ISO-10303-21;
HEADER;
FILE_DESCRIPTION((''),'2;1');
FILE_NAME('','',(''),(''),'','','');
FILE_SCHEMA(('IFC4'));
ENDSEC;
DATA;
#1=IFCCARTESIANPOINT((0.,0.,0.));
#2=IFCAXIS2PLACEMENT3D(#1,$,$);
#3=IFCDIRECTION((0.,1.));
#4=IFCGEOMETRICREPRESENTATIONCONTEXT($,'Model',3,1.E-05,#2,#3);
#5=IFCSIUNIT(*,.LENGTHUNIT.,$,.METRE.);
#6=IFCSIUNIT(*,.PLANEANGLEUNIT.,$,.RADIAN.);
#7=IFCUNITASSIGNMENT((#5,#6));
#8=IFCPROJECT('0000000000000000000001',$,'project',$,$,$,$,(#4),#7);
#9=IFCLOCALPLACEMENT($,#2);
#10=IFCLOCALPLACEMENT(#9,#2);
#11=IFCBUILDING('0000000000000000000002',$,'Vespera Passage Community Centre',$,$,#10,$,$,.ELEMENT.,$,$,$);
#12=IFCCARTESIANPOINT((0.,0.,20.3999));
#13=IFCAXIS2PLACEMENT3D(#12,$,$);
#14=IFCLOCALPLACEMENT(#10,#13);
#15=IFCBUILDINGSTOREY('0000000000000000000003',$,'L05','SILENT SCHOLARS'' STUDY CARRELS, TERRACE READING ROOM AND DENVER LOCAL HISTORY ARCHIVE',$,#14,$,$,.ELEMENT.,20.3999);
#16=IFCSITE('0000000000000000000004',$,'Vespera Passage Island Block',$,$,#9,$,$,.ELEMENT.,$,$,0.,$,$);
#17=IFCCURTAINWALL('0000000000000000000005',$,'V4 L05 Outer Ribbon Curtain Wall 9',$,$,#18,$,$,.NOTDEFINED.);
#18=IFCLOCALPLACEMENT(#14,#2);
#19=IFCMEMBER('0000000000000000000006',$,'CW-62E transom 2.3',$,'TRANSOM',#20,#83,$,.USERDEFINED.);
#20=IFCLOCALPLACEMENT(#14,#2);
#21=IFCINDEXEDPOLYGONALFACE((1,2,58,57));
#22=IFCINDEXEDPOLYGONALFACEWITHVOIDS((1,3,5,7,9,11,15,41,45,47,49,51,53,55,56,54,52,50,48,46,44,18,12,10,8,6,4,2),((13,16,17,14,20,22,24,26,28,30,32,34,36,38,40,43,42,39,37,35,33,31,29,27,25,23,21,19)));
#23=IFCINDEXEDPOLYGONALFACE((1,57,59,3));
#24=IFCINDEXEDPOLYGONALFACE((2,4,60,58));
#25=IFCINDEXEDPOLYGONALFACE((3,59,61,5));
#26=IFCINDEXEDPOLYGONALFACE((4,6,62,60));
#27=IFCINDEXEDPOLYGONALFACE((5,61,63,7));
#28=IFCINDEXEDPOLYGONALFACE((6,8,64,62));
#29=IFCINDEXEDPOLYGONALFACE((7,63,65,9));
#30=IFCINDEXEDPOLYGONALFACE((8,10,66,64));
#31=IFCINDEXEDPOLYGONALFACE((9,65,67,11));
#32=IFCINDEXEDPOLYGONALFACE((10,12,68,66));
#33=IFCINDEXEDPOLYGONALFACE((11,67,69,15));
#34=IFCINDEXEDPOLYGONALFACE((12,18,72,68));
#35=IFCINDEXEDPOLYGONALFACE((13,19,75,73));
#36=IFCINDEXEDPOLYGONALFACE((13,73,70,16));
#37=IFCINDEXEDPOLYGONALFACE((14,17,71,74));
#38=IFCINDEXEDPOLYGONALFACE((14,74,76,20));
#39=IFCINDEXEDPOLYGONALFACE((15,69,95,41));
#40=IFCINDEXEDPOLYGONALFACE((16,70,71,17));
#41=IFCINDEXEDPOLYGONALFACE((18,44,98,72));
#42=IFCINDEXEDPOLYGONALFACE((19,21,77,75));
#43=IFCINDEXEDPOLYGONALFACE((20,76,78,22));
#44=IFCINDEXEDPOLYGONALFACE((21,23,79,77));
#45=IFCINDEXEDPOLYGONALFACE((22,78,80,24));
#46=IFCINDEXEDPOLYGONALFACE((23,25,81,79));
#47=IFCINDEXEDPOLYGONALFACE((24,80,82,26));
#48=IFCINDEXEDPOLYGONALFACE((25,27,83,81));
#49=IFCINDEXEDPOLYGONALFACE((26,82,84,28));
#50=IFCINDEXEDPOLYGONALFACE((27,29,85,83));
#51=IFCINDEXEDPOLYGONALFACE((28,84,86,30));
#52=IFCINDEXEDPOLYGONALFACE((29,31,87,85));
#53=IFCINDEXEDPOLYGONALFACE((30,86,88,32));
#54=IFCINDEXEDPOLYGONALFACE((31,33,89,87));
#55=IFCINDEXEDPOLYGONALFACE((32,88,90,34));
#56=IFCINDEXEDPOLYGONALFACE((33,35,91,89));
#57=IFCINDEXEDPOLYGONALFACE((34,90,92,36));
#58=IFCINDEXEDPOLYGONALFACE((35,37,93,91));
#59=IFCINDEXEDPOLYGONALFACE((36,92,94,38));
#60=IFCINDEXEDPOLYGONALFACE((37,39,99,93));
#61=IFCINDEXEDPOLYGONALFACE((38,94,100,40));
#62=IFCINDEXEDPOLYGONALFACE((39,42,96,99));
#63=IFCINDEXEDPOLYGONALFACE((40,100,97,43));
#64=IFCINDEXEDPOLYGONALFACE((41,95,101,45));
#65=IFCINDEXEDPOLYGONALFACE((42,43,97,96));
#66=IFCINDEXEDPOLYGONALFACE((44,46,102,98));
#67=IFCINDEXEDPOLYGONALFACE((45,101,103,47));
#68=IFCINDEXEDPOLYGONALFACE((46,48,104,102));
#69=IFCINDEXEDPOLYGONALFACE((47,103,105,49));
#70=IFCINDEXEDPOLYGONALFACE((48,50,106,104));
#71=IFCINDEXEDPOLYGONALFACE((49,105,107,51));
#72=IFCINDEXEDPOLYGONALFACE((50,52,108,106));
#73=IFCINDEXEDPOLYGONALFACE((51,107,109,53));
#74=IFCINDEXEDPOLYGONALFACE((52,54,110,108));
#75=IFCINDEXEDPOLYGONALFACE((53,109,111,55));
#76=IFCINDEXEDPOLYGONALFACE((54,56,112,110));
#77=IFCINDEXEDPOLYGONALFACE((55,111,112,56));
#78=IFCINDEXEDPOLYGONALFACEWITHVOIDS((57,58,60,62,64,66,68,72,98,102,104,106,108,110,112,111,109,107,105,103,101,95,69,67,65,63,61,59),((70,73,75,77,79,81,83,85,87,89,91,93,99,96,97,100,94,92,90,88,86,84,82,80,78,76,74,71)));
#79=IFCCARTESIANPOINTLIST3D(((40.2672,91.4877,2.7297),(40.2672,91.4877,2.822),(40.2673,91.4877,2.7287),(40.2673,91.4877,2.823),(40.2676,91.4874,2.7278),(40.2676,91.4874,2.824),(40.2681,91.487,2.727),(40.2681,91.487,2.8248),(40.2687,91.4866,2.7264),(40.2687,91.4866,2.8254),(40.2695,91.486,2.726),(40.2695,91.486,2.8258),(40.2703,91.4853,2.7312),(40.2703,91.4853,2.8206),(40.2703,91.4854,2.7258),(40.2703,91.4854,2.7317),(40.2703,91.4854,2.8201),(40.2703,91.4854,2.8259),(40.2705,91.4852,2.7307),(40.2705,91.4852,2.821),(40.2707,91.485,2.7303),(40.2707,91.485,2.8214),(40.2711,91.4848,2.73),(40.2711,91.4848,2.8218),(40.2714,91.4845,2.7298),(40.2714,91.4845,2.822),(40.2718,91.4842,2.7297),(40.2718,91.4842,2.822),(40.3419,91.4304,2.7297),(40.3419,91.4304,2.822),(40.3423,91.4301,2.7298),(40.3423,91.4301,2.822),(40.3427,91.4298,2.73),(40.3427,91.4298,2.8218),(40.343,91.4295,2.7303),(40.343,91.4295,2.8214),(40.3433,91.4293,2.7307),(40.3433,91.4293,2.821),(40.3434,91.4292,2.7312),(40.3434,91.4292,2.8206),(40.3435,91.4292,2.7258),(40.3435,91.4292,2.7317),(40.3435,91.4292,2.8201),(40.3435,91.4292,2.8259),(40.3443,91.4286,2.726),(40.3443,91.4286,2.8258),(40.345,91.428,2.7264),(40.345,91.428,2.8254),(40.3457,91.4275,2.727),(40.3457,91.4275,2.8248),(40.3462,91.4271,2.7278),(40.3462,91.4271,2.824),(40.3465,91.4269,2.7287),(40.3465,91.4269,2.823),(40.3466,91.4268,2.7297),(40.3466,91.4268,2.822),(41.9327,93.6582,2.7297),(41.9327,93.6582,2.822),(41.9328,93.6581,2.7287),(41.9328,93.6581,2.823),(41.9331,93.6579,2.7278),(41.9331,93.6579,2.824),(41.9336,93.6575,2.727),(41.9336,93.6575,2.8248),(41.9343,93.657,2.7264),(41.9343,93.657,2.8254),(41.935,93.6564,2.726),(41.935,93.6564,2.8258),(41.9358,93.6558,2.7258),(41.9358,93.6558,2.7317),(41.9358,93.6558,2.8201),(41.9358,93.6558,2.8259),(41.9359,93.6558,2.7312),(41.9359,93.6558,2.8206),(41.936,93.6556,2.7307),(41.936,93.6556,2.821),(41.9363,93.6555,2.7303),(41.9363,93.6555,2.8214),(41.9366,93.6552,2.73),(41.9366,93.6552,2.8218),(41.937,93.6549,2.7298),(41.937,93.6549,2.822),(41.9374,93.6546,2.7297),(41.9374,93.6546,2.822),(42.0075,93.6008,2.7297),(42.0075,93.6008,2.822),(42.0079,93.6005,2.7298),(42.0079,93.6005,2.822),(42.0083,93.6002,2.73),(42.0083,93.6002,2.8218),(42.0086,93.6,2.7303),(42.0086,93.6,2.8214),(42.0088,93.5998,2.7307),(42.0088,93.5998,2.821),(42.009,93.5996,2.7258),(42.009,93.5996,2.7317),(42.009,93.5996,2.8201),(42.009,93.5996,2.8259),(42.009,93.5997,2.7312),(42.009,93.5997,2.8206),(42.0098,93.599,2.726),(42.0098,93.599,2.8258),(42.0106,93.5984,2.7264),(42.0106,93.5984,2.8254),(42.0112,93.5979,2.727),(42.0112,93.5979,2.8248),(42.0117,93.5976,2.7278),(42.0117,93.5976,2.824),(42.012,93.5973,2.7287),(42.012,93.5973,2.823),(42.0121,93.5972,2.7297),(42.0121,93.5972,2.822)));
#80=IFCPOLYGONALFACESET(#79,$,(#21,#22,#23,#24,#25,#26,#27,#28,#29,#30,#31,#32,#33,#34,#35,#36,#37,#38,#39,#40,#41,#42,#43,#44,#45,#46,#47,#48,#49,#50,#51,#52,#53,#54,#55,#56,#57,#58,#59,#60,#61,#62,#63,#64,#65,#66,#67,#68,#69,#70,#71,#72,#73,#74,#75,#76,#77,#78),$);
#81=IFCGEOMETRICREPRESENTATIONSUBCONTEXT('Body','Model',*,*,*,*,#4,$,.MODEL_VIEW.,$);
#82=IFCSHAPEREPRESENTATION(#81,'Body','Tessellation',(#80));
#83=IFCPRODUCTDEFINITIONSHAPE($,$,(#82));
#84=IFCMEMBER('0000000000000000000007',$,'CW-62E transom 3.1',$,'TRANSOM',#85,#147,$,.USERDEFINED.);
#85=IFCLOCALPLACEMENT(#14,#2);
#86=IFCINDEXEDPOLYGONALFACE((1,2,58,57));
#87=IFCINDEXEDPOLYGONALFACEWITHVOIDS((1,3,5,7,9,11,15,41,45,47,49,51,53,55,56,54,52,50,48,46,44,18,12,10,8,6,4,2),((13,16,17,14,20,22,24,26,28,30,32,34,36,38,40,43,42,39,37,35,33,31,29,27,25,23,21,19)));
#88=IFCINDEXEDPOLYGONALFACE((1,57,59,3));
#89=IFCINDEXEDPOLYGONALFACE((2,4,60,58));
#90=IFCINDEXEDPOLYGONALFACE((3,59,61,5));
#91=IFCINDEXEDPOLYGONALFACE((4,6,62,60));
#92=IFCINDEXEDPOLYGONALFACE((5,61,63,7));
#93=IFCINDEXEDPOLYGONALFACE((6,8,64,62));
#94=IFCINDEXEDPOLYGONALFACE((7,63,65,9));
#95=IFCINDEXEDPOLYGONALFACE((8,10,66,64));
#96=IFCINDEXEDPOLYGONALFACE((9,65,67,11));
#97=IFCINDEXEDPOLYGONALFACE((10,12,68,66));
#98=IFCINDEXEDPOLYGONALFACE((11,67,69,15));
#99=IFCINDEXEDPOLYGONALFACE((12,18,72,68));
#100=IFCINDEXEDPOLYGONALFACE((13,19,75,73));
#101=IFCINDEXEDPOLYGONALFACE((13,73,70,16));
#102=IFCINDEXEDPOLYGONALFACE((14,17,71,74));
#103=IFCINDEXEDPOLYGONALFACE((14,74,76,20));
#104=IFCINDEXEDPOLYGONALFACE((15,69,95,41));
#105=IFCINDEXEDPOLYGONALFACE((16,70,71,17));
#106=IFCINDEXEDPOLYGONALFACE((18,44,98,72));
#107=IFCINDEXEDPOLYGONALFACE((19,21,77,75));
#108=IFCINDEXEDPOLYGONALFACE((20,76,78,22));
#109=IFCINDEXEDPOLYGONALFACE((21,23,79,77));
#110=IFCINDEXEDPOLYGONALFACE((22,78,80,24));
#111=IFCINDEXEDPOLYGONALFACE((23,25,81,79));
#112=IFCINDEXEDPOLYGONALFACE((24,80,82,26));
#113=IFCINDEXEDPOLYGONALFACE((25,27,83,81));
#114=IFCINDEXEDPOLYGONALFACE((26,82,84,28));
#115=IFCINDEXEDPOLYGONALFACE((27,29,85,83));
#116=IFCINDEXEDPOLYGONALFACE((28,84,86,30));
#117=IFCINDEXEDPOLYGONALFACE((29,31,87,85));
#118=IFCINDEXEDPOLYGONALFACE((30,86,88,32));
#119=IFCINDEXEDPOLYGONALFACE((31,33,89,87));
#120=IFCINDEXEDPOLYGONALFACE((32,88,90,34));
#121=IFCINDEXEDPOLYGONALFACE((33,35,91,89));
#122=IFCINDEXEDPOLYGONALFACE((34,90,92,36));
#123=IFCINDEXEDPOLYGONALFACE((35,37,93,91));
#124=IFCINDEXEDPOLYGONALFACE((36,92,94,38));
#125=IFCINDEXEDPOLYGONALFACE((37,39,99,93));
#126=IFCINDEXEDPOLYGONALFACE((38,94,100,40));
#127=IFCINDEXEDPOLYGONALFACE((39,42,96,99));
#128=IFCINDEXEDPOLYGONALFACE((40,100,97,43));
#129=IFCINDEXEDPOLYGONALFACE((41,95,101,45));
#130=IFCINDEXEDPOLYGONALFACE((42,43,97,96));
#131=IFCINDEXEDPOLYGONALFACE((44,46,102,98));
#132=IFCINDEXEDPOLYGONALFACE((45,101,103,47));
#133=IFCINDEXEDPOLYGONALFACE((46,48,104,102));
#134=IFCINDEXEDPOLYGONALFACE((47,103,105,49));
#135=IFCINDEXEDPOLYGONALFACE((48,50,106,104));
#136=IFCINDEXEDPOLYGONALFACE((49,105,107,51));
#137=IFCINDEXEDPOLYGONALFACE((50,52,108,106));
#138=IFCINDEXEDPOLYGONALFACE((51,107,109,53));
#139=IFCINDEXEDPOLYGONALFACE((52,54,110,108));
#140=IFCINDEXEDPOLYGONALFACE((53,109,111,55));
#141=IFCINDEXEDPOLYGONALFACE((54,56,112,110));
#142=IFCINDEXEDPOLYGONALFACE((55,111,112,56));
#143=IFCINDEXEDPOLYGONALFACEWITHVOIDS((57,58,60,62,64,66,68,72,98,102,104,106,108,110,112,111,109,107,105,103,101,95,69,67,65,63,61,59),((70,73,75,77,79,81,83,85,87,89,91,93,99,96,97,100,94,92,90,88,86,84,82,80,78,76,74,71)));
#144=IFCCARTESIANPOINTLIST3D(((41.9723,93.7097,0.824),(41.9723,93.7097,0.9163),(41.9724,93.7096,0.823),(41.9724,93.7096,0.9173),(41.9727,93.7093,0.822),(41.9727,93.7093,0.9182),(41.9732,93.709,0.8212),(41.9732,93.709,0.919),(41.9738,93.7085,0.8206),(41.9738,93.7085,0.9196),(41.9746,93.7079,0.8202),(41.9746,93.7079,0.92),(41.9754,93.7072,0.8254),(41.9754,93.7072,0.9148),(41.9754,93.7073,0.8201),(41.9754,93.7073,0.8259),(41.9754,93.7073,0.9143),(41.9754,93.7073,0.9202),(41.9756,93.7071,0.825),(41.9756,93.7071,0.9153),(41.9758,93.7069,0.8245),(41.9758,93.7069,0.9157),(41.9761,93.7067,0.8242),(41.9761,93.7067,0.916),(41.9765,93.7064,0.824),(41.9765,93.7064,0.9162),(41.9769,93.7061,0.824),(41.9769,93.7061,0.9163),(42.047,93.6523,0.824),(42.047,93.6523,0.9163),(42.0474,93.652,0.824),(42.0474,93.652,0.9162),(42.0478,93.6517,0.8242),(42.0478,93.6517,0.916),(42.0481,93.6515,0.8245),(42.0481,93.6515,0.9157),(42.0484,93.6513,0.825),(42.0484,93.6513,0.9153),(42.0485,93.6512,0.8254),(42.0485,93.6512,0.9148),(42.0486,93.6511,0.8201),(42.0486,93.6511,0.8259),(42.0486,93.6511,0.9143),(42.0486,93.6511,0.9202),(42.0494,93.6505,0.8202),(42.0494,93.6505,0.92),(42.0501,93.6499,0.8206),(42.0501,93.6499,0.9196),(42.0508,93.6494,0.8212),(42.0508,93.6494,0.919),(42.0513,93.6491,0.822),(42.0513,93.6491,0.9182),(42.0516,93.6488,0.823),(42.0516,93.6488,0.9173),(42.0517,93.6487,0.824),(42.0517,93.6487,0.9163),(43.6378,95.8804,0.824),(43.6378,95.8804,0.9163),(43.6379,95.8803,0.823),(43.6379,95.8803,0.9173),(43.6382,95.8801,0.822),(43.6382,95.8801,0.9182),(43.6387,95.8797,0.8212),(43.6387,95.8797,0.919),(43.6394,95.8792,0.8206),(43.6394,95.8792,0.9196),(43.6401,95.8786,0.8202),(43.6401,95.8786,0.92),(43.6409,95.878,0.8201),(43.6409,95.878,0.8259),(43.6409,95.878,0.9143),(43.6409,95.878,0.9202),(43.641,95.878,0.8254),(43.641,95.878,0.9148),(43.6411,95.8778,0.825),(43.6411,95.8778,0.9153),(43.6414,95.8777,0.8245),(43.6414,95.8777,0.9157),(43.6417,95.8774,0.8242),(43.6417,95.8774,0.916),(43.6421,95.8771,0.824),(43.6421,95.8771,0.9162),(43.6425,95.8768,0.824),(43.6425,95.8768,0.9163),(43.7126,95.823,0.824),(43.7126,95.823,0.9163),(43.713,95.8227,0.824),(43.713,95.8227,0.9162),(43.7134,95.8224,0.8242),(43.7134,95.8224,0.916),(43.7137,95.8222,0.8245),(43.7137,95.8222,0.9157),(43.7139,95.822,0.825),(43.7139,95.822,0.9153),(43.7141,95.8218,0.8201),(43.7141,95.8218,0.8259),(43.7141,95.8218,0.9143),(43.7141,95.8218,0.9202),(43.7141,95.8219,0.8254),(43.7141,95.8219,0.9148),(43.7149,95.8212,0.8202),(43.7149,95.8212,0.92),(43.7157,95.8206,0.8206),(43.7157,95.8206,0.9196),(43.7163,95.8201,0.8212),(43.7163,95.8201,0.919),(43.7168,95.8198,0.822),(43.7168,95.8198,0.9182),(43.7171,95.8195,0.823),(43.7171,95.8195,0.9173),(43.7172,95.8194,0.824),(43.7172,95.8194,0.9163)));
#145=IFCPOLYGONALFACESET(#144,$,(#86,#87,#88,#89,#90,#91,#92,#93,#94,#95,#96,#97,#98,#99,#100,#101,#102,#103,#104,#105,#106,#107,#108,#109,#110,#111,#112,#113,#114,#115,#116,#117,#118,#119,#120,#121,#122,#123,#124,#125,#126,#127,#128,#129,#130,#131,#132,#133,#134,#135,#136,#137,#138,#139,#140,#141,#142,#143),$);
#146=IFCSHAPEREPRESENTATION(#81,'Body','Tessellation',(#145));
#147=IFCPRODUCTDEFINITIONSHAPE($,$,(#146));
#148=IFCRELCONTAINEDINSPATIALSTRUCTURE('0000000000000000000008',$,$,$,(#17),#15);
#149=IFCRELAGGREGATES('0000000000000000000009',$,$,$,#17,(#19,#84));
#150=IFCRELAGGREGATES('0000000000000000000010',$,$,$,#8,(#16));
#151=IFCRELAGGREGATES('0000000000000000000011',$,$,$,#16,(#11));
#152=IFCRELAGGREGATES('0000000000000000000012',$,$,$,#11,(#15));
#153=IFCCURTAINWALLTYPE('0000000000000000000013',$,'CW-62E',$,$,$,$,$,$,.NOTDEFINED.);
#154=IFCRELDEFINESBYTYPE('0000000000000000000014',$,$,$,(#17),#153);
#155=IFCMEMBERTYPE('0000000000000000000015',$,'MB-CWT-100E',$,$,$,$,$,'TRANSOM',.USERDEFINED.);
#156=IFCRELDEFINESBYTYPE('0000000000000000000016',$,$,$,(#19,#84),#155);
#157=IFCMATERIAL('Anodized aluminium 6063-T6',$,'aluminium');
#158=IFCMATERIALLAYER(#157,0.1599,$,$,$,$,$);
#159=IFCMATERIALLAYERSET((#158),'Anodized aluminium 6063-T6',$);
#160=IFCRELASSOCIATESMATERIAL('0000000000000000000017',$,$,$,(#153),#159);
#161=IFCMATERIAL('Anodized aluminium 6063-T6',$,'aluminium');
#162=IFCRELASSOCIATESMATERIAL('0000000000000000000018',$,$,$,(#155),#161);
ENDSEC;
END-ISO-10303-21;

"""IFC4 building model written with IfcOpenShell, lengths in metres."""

from ifc_helpers import new_model, si_unit, direction, frame, origin, origin_2d, place, context, subcontext, project, spatial, hollow_rectangle, extrude, material, layer, layer_set, material_profile, profile_set, type_object, element, aggregate, save


model = new_model("IFC4")

# Units and contexts
model_context = context("Model", 3, precision=1e-05, world=origin(), true_north=direction((0.0, 1.0)))
body_context = subcontext(model_context, "Body", "Model", "MODEL_VIEW")
ifc_project = project(units=[si_unit("LENGTHUNIT", "METRE"), si_unit("PLANEANGLEUNIT", "RADIAN")], contexts=[model_context])

# Site, building, storey
site_placement = place(None, origin())
site = spatial("IfcSite", under=ifc_project, at=site_placement, Name="Vespera Passage Island Block", CompositionType="ELEMENT", RefElevation=0.0)
building_placement = place(site_placement, origin())
building = spatial("IfcBuilding", under=site, at=building_placement, Name="Vespera Passage Community Centre", CompositionType="ELEMENT")
storey_placement = place(building_placement, frame((0.0, 0.0, 20.3999)))
storey = spatial("IfcBuildingStorey", under=building, at=storey_placement, Name="L05", Description="SILENT SCHOLARS' STUDY CARRELS, TERRACE READING ROOM AND DENVER LOCAL HISTORY ARCHIVE", CompositionType="ELEMENT", Elevation=20.3999)

# Curtain wall, members
ifc_material_1 = material(Name="Anodized aluminium 6063-T6", Category="aluminium")
ifc_layer_1 = layer(ifc_material_1, 0.1599)
ifc_layer_set_1 = layer_set([ifc_layer_1], Name="Anodized aluminium 6063-T6")
curtain_wall_type = type_object("IfcCurtainWallType", Name="CW-62E", PredefinedType="NOTDEFINED", material=ifc_layer_set_1)
curtain_wall_placement = place(storey_placement, origin())
curtain_wall = element("IfcCurtainWall", 1, at=curtain_wall_placement, inside=storey, type_object=curtain_wall_type, Name="V4 L05 Outer Ribbon Curtain Wall 9", PredefinedType="NOTDEFINED")
ifc_material_2 = material(Name="Anodized aluminium 6063-T6", Category="aluminium")
ifc_material_profile_1 = material_profile(ifc_material_2, hollow_rectangle(XDim=0.1001, YDim=0.1001, WallThickness=0.0039, InnerFilletRadius=0.002, OuterFilletRadius=0.0039, at=origin_2d()), Name="ALU100X100X4")
ifc_profile_set_1 = profile_set([ifc_material_profile_1], Name="Anodized aluminium 6063-T6")
member_type_1 = type_object("IfcMemberType", Name="MB-CWT-100E", ElementType="TRANSOM", PredefinedType="USERDEFINED", material=ifc_profile_set_1)
member_1_placement = place(storey_placement, frame((40.3069, 91.4573, 2.7759), z_axis=(0.608787, 0.793333, 0.0), x_axis=(-0.793333, 0.608787, 0.0)))
member_1 = element("IfcMember", 2, at=member_1_placement, type_object=member_type_1, Name="CW-62E transom 2.3", ObjectType="TRANSOM", PredefinedType="USERDEFINED", context=body_context, shape_type="SweptSolid", body=[
    extrude(hollow_rectangle(XDim=0.1001, YDim=0.1001, WallThickness=0.0039, InnerFilletRadius=0.002, OuterFilletRadius=0.0039, at=origin_2d()), origin(), (0.0, 0.0, 1.0), 2.7358),
])
member_2_placement = place(storey_placement, frame((42.012, 93.6792, 0.8701), z_axis=(0.608744, 0.793366, 0.0), x_axis=(-0.793366, 0.608744, 0.0)))
member_2 = element("IfcMember", 3, at=member_2_placement, type_object=member_type_1, Name="CW-62E transom 3.1", ObjectType="TRANSOM", PredefinedType="USERDEFINED", context=body_context, shape_type="SweptSolid", body=[
    extrude(hollow_rectangle(XDim=0.1001, YDim=0.1001, WallThickness=0.0039, InnerFilletRadius=0.002, OuterFilletRadius=0.0039, at=origin_2d()), origin(), (0.0, 0.0, 1.0), 2.7361),
])
aggregate(curtain_wall, [member_1, member_2])

save(model, "model.ifc")
